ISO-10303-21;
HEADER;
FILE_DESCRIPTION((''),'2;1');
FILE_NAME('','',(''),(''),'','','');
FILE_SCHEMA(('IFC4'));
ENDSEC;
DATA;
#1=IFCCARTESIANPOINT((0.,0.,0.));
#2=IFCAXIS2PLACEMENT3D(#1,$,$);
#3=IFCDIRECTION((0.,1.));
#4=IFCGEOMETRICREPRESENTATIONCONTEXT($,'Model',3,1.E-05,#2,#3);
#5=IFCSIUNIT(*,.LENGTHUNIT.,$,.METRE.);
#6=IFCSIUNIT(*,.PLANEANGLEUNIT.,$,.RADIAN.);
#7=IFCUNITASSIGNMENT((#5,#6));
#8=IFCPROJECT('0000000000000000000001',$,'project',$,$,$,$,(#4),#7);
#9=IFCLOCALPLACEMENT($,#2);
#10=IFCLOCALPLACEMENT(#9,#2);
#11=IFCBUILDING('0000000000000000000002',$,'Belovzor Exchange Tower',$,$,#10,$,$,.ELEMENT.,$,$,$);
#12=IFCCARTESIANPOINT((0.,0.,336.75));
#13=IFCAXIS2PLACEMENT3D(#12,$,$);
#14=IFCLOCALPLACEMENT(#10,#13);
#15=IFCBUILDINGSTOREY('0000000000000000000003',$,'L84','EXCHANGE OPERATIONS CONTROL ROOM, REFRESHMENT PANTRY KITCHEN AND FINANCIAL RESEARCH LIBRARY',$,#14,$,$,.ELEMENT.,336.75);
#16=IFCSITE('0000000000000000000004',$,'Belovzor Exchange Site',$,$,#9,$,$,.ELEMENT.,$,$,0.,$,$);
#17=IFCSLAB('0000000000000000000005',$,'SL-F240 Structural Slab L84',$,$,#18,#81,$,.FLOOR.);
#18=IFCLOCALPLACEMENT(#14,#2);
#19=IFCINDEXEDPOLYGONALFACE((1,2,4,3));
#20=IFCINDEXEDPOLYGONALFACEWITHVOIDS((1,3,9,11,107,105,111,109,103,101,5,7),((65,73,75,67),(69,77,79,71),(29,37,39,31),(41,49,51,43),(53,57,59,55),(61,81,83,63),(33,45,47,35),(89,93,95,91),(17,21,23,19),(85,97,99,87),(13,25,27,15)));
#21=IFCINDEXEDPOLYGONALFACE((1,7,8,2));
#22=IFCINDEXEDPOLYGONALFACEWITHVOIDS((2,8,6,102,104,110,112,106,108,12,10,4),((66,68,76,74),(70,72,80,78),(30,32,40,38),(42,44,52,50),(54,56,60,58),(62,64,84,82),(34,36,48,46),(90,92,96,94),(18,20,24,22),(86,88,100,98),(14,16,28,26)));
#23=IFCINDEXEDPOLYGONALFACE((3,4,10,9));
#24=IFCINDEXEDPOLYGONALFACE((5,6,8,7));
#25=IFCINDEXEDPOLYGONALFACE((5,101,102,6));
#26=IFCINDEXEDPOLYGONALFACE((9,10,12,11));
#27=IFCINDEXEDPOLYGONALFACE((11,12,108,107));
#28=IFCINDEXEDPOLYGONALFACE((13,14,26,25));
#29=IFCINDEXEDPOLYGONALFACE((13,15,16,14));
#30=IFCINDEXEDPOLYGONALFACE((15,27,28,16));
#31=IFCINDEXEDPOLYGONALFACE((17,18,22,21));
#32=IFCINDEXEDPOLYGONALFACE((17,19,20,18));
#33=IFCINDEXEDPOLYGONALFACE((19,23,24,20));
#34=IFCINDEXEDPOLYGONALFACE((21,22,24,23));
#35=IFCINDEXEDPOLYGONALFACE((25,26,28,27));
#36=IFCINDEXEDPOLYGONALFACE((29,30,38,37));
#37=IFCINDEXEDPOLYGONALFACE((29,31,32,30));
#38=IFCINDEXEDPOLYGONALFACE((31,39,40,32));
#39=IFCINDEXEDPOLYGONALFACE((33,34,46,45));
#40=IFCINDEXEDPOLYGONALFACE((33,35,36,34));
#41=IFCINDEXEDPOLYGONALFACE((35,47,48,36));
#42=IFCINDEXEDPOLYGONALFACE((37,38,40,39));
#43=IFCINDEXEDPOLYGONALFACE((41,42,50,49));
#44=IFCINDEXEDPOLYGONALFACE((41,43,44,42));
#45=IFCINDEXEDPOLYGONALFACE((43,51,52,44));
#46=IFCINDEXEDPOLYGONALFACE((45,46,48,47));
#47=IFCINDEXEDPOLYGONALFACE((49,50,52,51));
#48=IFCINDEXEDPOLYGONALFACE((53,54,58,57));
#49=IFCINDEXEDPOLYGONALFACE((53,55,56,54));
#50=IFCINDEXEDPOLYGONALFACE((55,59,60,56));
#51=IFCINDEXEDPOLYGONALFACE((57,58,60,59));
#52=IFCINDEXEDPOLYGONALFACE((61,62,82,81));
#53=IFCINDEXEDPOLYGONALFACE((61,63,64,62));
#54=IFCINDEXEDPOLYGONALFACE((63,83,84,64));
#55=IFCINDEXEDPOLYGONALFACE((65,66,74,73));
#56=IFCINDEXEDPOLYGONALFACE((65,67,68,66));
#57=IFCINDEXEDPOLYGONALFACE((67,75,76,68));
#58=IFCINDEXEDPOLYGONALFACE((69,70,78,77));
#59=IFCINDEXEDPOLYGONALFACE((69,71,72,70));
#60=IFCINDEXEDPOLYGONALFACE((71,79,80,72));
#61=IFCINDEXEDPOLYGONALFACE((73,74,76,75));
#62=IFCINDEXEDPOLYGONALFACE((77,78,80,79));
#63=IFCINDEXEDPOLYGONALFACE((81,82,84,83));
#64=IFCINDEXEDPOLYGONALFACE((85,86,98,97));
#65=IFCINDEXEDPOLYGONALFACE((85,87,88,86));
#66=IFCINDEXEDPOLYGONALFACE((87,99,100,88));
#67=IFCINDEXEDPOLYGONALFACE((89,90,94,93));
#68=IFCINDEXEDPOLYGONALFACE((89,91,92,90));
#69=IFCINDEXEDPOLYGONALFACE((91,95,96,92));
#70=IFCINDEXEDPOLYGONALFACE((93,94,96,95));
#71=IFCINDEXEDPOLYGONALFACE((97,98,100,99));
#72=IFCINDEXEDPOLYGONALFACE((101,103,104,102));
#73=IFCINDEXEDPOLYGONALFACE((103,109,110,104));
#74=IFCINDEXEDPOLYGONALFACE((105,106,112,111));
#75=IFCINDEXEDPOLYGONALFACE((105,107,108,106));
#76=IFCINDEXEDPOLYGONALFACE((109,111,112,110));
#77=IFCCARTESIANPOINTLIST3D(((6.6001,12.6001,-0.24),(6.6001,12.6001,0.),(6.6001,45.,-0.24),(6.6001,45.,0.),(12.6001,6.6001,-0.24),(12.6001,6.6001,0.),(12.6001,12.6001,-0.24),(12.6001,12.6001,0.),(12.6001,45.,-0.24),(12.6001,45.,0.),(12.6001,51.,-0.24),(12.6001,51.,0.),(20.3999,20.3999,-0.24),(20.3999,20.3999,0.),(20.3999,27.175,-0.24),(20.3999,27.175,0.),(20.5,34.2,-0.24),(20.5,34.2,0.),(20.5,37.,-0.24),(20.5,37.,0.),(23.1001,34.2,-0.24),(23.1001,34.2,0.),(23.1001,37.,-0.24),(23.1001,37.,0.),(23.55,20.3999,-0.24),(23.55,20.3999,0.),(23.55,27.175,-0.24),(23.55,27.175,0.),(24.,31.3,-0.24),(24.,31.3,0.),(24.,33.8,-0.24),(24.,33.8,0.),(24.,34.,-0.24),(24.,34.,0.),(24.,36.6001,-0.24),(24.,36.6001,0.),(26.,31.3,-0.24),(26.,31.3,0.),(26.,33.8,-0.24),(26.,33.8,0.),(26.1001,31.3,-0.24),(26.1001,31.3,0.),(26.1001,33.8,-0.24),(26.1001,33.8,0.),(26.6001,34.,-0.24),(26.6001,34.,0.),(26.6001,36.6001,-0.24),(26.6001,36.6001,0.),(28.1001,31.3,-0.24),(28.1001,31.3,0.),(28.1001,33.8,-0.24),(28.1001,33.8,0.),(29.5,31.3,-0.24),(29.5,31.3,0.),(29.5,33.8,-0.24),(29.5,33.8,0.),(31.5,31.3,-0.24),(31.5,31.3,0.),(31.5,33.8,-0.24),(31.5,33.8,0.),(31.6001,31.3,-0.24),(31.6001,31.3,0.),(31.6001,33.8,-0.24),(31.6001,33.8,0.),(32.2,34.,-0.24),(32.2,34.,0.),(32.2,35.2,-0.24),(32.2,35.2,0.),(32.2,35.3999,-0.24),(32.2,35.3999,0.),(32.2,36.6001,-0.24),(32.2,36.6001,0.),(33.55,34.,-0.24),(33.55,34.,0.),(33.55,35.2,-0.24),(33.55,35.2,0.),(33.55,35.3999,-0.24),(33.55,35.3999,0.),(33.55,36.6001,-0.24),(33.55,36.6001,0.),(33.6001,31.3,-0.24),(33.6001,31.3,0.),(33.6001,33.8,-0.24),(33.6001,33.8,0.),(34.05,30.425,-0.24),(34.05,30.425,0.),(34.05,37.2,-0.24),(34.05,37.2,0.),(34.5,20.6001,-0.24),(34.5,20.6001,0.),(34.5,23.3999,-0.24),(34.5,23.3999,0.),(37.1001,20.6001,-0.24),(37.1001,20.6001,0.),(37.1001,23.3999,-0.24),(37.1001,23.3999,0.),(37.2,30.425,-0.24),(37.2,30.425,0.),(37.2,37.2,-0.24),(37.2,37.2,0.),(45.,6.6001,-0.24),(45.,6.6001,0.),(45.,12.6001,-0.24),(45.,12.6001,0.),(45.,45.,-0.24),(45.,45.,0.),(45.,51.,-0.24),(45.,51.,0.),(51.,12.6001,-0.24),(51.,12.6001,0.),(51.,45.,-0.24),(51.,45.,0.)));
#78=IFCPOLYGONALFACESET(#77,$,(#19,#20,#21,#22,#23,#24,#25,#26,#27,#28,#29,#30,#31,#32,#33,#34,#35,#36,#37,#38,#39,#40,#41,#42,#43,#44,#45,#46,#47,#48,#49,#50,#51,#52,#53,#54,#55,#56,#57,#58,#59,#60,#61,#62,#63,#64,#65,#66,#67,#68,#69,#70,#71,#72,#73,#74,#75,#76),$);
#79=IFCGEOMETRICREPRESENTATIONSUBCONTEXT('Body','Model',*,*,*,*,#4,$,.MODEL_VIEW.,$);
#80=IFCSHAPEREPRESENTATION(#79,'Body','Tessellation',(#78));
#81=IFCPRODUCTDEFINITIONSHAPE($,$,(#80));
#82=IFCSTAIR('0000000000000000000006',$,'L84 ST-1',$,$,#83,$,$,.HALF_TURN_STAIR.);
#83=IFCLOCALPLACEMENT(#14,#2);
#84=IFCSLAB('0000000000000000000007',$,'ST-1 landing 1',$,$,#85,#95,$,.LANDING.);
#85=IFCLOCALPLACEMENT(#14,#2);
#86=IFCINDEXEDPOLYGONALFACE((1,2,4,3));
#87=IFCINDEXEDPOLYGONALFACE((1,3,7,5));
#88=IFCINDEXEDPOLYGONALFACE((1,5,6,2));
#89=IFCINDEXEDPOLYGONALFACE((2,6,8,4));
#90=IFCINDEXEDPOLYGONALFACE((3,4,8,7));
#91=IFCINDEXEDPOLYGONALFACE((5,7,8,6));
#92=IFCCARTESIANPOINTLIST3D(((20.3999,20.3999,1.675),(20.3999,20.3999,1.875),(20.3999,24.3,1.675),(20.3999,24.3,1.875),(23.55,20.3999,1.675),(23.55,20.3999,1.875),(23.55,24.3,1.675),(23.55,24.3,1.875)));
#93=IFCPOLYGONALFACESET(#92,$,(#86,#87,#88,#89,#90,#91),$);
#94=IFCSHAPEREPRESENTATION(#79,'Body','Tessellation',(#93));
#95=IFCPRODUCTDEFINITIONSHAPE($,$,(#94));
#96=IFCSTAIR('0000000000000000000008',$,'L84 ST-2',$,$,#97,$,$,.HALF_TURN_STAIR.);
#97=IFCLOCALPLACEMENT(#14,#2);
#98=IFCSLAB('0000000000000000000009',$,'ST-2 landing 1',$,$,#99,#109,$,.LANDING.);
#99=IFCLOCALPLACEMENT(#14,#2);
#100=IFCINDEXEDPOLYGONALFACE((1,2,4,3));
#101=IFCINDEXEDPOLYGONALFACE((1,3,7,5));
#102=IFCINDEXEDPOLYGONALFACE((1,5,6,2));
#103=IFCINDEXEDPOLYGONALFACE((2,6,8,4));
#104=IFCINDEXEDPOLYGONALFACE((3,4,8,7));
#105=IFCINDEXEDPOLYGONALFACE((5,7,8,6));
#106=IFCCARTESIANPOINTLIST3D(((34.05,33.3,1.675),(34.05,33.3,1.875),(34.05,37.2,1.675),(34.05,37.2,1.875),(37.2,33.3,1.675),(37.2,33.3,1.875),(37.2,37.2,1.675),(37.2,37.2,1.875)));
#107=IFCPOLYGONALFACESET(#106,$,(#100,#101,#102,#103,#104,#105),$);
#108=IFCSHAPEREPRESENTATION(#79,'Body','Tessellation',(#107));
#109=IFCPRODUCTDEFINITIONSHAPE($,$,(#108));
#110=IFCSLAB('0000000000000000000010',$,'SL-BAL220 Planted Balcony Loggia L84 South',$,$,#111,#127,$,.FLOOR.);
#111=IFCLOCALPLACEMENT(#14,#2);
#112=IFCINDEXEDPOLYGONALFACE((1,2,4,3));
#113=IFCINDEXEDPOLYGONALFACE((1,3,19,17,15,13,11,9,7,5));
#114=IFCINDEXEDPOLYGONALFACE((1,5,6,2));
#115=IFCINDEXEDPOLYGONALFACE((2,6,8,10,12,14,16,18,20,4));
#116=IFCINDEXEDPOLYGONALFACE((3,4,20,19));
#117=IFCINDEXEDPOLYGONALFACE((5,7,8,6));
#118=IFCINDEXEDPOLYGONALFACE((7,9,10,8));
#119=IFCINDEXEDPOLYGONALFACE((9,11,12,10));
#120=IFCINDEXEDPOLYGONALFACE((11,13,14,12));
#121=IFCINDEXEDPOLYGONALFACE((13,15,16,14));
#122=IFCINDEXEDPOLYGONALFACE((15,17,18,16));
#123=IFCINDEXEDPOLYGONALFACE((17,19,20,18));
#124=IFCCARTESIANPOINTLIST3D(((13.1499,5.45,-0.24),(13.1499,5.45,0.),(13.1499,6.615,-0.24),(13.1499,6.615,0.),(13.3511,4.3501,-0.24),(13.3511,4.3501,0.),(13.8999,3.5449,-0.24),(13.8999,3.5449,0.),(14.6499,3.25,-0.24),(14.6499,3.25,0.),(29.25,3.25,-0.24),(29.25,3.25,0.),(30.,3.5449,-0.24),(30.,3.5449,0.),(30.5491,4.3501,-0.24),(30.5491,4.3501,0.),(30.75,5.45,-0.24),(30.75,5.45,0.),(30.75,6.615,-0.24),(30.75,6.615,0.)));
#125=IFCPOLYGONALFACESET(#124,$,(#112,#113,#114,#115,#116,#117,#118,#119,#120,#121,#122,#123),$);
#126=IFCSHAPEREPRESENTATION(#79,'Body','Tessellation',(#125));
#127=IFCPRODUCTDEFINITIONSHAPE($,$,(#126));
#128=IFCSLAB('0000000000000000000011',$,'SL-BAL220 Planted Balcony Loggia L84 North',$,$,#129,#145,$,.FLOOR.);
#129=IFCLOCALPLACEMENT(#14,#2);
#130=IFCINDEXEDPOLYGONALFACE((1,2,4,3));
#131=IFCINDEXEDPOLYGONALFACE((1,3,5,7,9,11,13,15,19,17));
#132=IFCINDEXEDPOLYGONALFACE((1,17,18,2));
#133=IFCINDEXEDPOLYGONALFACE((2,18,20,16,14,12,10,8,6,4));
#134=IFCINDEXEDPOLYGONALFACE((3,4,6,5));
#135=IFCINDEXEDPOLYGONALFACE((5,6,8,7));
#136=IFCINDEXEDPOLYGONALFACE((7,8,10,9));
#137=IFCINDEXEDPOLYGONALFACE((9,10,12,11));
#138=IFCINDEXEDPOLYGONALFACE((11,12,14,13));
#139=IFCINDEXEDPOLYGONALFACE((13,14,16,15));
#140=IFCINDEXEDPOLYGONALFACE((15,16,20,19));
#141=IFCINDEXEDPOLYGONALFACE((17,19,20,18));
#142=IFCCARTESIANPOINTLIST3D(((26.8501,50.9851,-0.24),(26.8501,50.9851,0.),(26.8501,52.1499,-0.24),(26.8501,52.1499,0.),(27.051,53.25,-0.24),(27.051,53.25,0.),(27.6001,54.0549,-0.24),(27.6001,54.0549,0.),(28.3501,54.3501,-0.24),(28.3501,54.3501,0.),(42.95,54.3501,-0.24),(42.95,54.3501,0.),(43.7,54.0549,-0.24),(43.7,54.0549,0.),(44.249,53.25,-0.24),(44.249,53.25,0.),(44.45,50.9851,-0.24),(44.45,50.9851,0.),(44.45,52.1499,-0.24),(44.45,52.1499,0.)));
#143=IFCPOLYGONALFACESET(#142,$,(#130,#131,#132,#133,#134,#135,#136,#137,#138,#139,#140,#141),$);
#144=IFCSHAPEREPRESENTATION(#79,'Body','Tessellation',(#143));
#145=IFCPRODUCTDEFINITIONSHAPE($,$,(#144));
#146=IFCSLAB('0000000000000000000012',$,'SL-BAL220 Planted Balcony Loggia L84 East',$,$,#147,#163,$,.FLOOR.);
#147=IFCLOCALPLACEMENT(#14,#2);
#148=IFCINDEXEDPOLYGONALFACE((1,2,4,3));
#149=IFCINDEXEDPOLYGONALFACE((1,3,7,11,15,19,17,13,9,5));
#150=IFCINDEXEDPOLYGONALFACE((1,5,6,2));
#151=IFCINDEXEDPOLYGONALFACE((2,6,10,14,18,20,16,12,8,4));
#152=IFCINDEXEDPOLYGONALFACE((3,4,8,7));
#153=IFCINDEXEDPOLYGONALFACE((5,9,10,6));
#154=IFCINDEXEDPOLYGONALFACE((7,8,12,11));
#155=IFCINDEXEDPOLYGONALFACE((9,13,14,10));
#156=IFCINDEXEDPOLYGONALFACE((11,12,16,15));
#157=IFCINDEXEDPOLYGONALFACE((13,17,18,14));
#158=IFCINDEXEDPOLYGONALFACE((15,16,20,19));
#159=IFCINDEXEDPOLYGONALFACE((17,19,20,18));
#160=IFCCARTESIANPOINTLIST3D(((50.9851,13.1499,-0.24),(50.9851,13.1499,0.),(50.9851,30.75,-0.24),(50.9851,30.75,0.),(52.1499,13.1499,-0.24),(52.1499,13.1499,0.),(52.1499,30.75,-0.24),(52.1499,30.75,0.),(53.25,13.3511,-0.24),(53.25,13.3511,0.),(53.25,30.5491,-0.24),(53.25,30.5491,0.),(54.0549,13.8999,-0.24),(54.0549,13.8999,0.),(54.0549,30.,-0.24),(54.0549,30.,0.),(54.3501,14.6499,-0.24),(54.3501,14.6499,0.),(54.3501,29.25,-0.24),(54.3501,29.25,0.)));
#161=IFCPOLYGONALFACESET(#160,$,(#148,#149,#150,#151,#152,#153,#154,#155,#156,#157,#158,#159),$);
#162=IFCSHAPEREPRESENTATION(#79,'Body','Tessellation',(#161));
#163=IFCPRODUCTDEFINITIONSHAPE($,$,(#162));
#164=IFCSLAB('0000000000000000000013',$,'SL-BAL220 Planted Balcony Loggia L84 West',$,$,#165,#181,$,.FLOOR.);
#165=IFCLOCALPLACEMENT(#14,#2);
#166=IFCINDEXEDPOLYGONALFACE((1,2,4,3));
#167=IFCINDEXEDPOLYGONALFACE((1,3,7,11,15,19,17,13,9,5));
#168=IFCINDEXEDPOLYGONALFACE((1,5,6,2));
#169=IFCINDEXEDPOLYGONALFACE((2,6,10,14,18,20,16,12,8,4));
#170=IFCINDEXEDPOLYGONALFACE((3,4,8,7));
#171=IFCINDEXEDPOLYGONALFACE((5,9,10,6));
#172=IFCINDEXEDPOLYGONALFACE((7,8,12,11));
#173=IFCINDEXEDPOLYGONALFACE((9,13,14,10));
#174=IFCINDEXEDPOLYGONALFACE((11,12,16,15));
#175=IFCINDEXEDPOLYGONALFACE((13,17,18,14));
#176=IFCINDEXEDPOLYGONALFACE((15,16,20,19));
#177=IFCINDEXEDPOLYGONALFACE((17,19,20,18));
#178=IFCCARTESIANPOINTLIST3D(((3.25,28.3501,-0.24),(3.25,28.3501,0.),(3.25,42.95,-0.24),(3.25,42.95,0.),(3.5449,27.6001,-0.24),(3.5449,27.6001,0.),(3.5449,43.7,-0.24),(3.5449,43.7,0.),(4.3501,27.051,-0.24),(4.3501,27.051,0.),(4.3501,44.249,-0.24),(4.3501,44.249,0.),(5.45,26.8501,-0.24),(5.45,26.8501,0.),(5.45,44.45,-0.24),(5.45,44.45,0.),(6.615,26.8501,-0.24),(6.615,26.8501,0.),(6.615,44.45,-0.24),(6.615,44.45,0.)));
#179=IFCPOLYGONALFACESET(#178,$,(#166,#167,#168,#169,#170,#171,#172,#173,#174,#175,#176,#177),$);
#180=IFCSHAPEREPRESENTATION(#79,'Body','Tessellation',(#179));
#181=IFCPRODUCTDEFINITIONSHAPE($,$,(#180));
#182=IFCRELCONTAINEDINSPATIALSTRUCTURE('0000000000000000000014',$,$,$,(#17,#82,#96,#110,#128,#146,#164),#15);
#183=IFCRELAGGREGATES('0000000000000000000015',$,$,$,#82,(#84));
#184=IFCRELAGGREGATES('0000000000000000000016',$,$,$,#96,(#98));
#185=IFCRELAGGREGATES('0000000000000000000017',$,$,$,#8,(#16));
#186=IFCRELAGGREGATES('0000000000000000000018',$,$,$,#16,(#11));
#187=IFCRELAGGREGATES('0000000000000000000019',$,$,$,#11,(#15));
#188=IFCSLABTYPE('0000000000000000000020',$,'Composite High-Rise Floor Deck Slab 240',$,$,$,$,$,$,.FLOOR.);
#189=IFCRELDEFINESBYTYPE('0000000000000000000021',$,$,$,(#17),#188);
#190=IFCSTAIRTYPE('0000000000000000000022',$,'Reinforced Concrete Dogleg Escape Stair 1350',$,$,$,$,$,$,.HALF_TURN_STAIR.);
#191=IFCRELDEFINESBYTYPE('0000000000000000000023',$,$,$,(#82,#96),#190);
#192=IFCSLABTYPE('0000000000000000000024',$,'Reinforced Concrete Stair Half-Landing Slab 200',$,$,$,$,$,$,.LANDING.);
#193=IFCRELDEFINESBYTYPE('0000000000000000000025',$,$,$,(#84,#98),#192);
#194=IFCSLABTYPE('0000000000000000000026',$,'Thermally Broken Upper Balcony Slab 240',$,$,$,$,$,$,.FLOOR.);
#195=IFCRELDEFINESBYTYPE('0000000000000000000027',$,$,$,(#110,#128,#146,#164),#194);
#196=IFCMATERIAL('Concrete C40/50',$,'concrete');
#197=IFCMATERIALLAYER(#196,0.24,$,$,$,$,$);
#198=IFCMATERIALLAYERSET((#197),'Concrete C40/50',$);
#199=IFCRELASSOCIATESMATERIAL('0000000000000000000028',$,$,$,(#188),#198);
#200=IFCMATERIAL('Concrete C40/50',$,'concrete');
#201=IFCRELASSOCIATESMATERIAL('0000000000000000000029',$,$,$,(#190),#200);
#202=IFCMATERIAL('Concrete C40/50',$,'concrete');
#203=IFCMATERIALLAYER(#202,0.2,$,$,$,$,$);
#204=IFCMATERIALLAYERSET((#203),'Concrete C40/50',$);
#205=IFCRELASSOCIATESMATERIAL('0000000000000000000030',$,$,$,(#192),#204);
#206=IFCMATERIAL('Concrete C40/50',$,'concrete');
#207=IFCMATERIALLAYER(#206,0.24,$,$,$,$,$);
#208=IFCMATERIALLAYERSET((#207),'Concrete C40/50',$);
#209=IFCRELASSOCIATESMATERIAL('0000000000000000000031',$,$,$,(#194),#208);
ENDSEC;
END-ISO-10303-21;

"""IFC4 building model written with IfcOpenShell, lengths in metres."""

from ifc_helpers import new_model, si_unit, direction, frame, origin, place, context, subcontext, project, spatial, polyline, outline, extrude, material, layer, layer_set, type_object, element, aggregate, save


model = new_model("IFC4")

# Units and contexts
model_context = context("Model", 3, precision=1e-05, world=origin(), true_north=direction((0.0, 1.0)))
body_context = subcontext(model_context, "Body", "Model", "MODEL_VIEW")
ifc_project = project(units=[si_unit("LENGTHUNIT", "METRE"), si_unit("PLANEANGLEUNIT", "RADIAN")], contexts=[model_context])

# Site, building, storey
site_placement = place(None, origin())
site = spatial("IfcSite", under=ifc_project, at=site_placement, Name="Belovzor Exchange Site", CompositionType="ELEMENT", RefElevation=0.0)
building_placement = place(site_placement, origin())
building = spatial("IfcBuilding", under=site, at=building_placement, Name="Belovzor Exchange Tower", CompositionType="ELEMENT")
storey_placement = place(building_placement, frame((0.0, 0.0, 336.75)))
storey = spatial("IfcBuildingStorey", under=building, at=storey_placement, Name="L84", Description="EXCHANGE OPERATIONS CONTROL ROOM, REFRESHMENT PANTRY KITCHEN AND FINANCIAL RESEARCH LIBRARY", CompositionType="ELEMENT", Elevation=336.75)

# Slab
ifc_material_1 = material(Name="Concrete C40/50", Category="concrete")
ifc_layer_1 = layer(ifc_material_1, 0.24)
ifc_layer_set_1 = layer_set([ifc_layer_1], Name="Concrete C40/50")
slab_type_1 = type_object("IfcSlabType", Name="Composite High-Rise Floor Deck Slab 240", PredefinedType="FLOOR", material=ifc_layer_set_1)
slab_1_placement = place(storey_placement, frame((0.0, 0.0, -0.24)))
element("IfcSlab", 1, at=slab_1_placement, inside=storey, type_object=slab_type_1, Name="SL-F240 Structural Slab L84", PredefinedType="FLOOR", context=body_context, shape_type="SweptSolid", body=[
    extrude(outline(polyline([(12.6001, 6.6001), (45.0, 6.6001), (45.0, 12.6001), (51.0, 12.6001), (51.0, 45.0), (45.0, 45.0), (45.0, 51.0), (12.6001, 51.0), (12.6001, 45.0), (6.6001, 45.0), (6.6001, 12.6001), (12.6001, 12.6001), (12.6001, 6.6001)]), holes=[polyline([(20.3999, 27.175), (20.3999, 20.3999), (23.55, 20.3999), (23.55, 27.175), (20.3999, 27.175)]), polyline([(37.2, 30.425), (37.2, 37.2), (34.05, 37.2), (34.05, 30.425), (37.2, 30.425)]), polyline([(20.5, 34.2), (23.1001, 34.2), (23.1001, 37.0), (20.5, 37.0), (20.5, 34.2)]), polyline([(34.5, 20.6001), (37.1001, 20.6001), (37.1001, 23.3999), (34.5, 23.3999), (34.5, 20.6001)]), polyline([(24.0, 34.0), (26.6001, 34.0), (26.6001, 36.6001), (24.0, 36.6001), (24.0, 34.0)]), polyline([(24.0, 31.3), (26.0, 31.3), (26.0, 33.8), (24.0, 33.8), (24.0, 31.3)]), polyline([(26.1001, 31.3), (28.1001, 31.3), (28.1001, 33.8), (26.1001, 33.8), (26.1001, 31.3)]), polyline([(29.5, 31.3), (31.5, 31.3), (31.5, 33.8), (29.5, 33.8), (29.5, 31.3)]), polyline([(31.6001, 31.3), (33.6001, 31.3), (33.6001, 33.8), (31.6001, 33.8), (31.6001, 31.3)]), polyline([(32.2, 34.0), (33.55, 34.0), (33.55, 35.2), (32.2, 35.2), (32.2, 34.0)]), polyline([(32.2, 35.3999), (33.55, 35.3999), (33.55, 36.6001), (32.2, 36.6001), (32.2, 35.3999)])]), origin(), (0.0, 0.0, 1.0), 0.24),
])

# Stairs, slabs
ifc_material_2 = material(Name="Concrete C40/50", Category="concrete")
stair_type = type_object("IfcStairType", Name="Reinforced Concrete Dogleg Escape Stair 1350", PredefinedType="HALF_TURN_STAIR", material=ifc_material_2)
stair_1_placement = place(storey_placement, origin())
stair_1 = element("IfcStair", 2, at=stair_1_placement, inside=storey, type_object=stair_type, Name="L84 ST-1", PredefinedType="HALF_TURN_STAIR")
ifc_material_3 = material(Name="Concrete C40/50", Category="concrete")
ifc_layer_2 = layer(ifc_material_3, 0.2)
ifc_layer_set_2 = layer_set([ifc_layer_2], Name="Concrete C40/50")
slab_type_2 = type_object("IfcSlabType", Name="Reinforced Concrete Stair Half-Landing Slab 200", PredefinedType="LANDING", material=ifc_layer_set_2)
slab_2_placement = place(storey_placement, frame((0.0, 0.0, 1.675)))
slab_2 = element("IfcSlab", 3, at=slab_2_placement, type_object=slab_type_2, Name="ST-1 landing 1", PredefinedType="LANDING", context=body_context, shape_type="SweptSolid", body=[
    extrude(outline(polyline([(20.3999, 24.3), (20.3999, 20.3999), (23.55, 20.3999), (23.55, 24.3), (20.3999, 24.3)])), origin(), (0.0, 0.0, 1.0), 0.2),
])
aggregate(stair_1, [slab_2])
stair_2_placement = place(storey_placement, origin())
stair_2 = element("IfcStair", 4, at=stair_2_placement, inside=storey, type_object=stair_type, Name="L84 ST-2", PredefinedType="HALF_TURN_STAIR")
slab_3_placement = place(storey_placement, frame((0.0, 0.0, 1.675)))
slab_3 = element("IfcSlab", 5, at=slab_3_placement, type_object=slab_type_2, Name="ST-2 landing 1", PredefinedType="LANDING", context=body_context, shape_type="SweptSolid", body=[
    extrude(outline(polyline([(37.2, 33.3), (37.2, 37.2), (34.05, 37.2), (34.05, 33.3), (37.2, 33.3)])), origin(), (0.0, 0.0, 1.0), 0.2),
])
aggregate(stair_2, [slab_3])

# Slabs
ifc_material_4 = material(Name="Concrete C40/50", Category="concrete")
ifc_layer_3 = layer(ifc_material_4, 0.24)
ifc_layer_set_3 = layer_set([ifc_layer_3], Name="Concrete C40/50")
slab_type_3 = type_object("IfcSlabType", Name="Thermally Broken Upper Balcony Slab 240", PredefinedType="FLOOR", material=ifc_layer_set_3)
slab_4_placement = place(storey_placement, frame((0.0, 0.0, -0.24)))
element("IfcSlab", 6, at=slab_4_placement, inside=storey, type_object=slab_type_3, Name="SL-BAL220 Planted Balcony Loggia L84 South", PredefinedType="FLOOR", context=body_context, shape_type="SweptSolid", body=[
    extrude(outline(polyline([(13.1499, 6.615), (13.1499, 5.45), (13.3511, 4.3501), (13.8999, 3.5449), (14.6499, 3.25), (29.25, 3.25), (30.0, 3.5449), (30.5491, 4.3501), (30.75, 5.45), (30.75, 6.615), (13.1499, 6.615)])), origin(), (0.0, 0.0, 1.0), 0.24),
])
slab_5_placement = place(storey_placement, frame((0.0, 0.0, -0.24)))
element("IfcSlab", 7, at=slab_5_placement, inside=storey, type_object=slab_type_3, Name="SL-BAL220 Planted Balcony Loggia L84 North", PredefinedType="FLOOR", context=body_context, shape_type="SweptSolid", body=[
    extrude(outline(polyline([(44.45, 50.9851), (44.45, 52.1499), (44.249, 53.25), (43.7, 54.0549), (42.95, 54.3501), (28.3501, 54.3501), (27.6001, 54.0549), (27.051, 53.25), (26.8501, 52.1499), (26.8501, 50.9851), (44.45, 50.9851)])), origin(), (0.0, 0.0, 1.0), 0.24),
])
slab_6_placement = place(storey_placement, frame((0.0, 0.0, -0.24)))
element("IfcSlab", 8, at=slab_6_placement, inside=storey, type_object=slab_type_3, Name="SL-BAL220 Planted Balcony Loggia L84 East", PredefinedType="FLOOR", context=body_context, shape_type="SweptSolid", body=[
    extrude(outline(polyline([(50.9851, 13.1499), (52.1499, 13.1499), (53.25, 13.3511), (54.0549, 13.8999), (54.3501, 14.6499), (54.3501, 29.25), (54.0549, 30.0), (53.25, 30.5491), (52.1499, 30.75), (50.9851, 30.75), (50.9851, 13.1499)])), origin(), (0.0, 0.0, 1.0), 0.24),
])
slab_7_placement = place(storey_placement, frame((0.0, 0.0, -0.24)))
element("IfcSlab", 9, at=slab_7_placement, inside=storey, type_object=slab_type_3, Name="SL-BAL220 Planted Balcony Loggia L84 West", PredefinedType="FLOOR", context=body_context, shape_type="SweptSolid", body=[
    extrude(outline(polyline([(6.615, 44.45), (5.45, 44.45), (4.3501, 44.249), (3.5449, 43.7), (3.25, 42.95), (3.25, 28.3501), (3.5449, 27.6001), (4.3501, 27.051), (5.45, 26.8501), (6.615, 26.8501), (6.615, 44.45)])), origin(), (0.0, 0.0, 1.0), 0.24),
])

save(model, "model.ifc")
